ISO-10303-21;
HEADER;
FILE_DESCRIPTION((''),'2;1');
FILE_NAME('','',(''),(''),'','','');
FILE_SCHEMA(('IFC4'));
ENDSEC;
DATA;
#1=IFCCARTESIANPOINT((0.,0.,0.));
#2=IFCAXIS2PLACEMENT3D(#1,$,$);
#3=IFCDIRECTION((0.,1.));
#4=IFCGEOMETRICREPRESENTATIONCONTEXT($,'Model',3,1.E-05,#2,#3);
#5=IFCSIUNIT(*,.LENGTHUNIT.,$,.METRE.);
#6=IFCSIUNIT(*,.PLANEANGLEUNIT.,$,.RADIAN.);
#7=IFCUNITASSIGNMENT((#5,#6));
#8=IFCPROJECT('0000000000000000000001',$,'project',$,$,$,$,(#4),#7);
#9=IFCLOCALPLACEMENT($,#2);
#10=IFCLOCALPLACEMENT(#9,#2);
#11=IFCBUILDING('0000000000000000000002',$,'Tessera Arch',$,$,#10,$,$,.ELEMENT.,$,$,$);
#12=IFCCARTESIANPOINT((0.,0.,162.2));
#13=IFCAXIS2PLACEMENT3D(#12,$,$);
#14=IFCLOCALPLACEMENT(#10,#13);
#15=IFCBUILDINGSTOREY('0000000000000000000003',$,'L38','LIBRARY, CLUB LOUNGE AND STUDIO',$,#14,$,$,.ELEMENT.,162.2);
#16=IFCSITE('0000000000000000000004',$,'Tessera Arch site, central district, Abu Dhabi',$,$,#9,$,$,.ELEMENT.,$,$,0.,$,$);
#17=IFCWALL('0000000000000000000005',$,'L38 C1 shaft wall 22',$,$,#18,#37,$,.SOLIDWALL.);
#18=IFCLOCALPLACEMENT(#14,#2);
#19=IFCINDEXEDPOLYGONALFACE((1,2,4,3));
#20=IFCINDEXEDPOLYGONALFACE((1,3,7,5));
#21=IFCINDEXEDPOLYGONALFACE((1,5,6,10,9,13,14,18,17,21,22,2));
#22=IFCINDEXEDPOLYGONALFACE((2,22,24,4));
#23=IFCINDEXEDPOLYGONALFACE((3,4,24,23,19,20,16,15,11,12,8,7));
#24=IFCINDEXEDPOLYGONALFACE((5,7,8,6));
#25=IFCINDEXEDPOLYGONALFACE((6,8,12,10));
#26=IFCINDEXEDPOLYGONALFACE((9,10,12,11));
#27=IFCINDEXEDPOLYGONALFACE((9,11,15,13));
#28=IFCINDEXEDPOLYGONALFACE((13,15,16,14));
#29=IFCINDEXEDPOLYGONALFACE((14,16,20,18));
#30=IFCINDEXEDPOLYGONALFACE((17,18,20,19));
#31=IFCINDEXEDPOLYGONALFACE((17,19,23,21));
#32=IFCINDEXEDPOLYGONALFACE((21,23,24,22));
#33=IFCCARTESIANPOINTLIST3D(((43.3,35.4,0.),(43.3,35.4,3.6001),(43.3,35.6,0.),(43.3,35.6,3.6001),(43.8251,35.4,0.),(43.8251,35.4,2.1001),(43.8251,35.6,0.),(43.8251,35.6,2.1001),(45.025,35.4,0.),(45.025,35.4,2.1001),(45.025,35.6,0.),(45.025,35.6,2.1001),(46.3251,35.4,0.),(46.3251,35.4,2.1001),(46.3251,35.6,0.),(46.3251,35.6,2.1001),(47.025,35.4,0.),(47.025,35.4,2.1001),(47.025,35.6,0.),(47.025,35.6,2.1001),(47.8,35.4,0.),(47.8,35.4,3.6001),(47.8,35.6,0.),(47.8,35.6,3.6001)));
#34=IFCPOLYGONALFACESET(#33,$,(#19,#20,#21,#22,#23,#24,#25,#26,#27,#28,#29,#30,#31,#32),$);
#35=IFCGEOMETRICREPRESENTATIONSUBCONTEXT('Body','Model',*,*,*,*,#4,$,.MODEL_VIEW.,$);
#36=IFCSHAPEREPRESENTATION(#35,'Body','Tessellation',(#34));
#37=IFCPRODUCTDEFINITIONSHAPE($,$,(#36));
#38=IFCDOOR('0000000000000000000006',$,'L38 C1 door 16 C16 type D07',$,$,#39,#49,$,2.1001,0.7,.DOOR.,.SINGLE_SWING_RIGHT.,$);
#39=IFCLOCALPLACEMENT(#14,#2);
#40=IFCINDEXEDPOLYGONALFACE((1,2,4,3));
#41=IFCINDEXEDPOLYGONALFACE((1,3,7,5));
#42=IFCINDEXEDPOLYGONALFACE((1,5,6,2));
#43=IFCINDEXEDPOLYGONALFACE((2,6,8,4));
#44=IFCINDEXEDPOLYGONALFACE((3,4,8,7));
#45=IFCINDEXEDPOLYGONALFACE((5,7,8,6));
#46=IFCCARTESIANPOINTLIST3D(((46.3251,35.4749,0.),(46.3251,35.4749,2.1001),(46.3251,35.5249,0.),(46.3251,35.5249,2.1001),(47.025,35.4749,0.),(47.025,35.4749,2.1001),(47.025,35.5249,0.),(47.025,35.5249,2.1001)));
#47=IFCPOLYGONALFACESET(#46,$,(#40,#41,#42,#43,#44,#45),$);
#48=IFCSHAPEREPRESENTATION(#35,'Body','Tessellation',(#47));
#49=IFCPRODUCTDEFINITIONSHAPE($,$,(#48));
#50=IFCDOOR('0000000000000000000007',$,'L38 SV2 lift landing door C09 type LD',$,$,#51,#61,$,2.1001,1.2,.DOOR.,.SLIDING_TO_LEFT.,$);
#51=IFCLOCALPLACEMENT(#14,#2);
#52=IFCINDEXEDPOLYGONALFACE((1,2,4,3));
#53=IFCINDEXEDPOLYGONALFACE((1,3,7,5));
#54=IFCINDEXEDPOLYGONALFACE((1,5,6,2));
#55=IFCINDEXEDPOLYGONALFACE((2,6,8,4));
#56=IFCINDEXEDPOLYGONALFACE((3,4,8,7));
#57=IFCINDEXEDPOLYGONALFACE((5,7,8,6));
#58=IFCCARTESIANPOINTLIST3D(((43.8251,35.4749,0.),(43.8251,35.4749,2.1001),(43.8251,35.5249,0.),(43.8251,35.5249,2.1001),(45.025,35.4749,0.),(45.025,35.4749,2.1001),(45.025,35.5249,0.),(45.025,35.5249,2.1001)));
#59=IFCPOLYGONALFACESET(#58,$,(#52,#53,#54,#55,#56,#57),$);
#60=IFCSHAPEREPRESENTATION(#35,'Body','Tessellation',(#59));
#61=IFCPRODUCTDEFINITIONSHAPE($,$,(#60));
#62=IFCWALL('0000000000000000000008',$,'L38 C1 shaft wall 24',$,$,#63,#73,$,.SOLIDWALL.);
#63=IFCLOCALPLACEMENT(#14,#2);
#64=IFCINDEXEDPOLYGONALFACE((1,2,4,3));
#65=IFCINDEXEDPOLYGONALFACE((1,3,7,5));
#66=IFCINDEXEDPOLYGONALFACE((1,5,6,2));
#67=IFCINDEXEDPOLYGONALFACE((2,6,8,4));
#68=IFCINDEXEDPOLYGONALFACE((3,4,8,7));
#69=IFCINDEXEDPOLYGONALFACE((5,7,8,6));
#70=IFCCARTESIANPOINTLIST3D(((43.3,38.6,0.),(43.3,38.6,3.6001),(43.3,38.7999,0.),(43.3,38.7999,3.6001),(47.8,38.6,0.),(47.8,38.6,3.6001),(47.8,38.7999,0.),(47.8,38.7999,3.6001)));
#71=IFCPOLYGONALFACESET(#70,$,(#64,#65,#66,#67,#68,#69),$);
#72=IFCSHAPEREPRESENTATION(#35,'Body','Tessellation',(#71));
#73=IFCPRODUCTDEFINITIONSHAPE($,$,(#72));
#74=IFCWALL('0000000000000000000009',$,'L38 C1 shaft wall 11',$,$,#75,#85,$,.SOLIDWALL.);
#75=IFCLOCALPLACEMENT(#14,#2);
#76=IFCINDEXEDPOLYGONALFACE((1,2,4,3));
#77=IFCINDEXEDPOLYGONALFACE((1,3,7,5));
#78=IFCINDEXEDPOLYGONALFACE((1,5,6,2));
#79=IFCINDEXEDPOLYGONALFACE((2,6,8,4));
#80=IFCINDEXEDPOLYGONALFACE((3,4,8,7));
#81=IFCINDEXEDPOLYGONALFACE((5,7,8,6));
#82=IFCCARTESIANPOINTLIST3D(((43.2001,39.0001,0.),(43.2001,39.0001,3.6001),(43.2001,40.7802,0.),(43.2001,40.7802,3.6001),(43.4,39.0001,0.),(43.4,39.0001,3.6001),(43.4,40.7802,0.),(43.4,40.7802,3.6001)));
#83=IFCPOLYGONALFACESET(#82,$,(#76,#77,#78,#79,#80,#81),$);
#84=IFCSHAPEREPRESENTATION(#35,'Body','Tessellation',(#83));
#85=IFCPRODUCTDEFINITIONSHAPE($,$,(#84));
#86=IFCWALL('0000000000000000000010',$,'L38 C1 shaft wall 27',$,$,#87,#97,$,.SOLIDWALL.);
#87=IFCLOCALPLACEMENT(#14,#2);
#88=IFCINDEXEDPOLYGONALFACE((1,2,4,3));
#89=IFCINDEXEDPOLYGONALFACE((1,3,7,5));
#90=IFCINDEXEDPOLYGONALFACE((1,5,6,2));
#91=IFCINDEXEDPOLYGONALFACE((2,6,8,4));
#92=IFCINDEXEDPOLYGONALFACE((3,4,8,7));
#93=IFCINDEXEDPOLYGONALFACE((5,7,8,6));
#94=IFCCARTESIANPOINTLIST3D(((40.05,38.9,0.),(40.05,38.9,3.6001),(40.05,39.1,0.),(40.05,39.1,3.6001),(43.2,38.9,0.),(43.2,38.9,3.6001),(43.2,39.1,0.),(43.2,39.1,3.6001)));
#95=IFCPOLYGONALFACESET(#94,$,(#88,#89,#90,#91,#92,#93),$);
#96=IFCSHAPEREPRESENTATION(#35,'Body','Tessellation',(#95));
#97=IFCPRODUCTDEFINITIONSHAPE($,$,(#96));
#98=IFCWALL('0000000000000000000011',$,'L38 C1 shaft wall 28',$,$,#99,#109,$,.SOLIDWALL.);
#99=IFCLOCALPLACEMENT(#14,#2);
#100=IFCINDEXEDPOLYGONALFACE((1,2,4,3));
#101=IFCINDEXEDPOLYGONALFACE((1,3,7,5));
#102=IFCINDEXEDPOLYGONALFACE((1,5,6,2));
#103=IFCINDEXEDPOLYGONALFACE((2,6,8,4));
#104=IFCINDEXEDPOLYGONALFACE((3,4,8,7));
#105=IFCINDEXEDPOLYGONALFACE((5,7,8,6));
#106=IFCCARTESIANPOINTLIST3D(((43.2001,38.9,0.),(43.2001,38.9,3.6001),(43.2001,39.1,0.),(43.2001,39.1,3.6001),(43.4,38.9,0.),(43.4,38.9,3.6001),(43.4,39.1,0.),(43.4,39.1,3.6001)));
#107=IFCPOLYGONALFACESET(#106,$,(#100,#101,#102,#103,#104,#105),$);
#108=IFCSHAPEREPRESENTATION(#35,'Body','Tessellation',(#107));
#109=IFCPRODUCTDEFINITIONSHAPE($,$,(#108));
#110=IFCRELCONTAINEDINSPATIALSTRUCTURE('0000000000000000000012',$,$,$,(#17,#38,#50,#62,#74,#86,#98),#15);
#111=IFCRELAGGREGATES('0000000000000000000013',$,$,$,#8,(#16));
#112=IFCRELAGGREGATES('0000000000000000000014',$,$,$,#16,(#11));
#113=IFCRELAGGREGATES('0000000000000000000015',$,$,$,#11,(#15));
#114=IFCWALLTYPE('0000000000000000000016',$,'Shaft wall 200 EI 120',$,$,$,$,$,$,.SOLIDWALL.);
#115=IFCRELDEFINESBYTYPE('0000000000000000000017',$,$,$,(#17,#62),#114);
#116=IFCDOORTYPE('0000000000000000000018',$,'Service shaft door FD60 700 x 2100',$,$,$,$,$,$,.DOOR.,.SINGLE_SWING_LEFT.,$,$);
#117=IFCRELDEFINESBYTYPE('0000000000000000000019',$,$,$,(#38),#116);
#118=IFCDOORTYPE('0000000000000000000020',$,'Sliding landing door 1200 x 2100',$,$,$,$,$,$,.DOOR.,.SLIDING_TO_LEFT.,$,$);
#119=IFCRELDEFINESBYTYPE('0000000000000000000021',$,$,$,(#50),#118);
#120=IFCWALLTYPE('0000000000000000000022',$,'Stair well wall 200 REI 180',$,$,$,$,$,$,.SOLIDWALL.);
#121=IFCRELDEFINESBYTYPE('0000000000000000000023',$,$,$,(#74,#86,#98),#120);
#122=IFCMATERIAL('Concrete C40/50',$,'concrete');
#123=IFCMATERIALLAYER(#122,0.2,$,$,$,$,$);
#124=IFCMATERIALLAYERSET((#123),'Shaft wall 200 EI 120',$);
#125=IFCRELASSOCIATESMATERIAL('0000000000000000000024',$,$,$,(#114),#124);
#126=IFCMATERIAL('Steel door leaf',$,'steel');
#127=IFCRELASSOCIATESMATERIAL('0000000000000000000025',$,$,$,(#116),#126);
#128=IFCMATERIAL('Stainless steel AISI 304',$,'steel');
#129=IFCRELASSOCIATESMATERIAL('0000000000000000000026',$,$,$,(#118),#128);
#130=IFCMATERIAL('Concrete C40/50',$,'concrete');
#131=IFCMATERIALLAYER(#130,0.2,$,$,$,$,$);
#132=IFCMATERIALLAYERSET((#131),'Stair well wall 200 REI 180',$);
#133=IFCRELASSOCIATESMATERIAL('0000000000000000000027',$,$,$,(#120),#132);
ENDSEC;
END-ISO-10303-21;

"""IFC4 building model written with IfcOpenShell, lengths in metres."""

from ifc_helpers import new_model, si_unit, direction, frame, frame_2d, origin, place, context, subcontext, project, spatial, rectangle, extrude, material, layer, layer_set, type_object, element, fill, save


model = new_model("IFC4")

# Units and contexts
model_context = context("Model", 3, precision=1e-05, world=origin(), true_north=direction((0.0, 1.0)))
body_context = subcontext(model_context, "Body", "Model", "MODEL_VIEW")
ifc_project = project(units=[si_unit("LENGTHUNIT", "METRE"), si_unit("PLANEANGLEUNIT", "RADIAN")], contexts=[model_context])

# Site, building, storey
site_placement = place(None, origin())
site = spatial("IfcSite", under=ifc_project, at=site_placement, Name="Tessera Arch site, central district, Abu Dhabi", CompositionType="ELEMENT", RefElevation=0.0)
building_placement = place(site_placement, origin())
building = spatial("IfcBuilding", under=site, at=building_placement, Name="Tessera Arch", CompositionType="ELEMENT")
storey_placement = place(building_placement, frame((0.0, 0.0, 162.2)))
storey = spatial("IfcBuildingStorey", under=building, at=storey_placement, Name="L38", Description="LIBRARY, CLUB LOUNGE AND STUDIO", CompositionType="ELEMENT", Elevation=162.2)

# Shared definitions
ifc_material_1 = material(Name="Concrete C40/50", Category="concrete")
ifc_layer_1 = layer(ifc_material_1, 0.2)
ifc_layer_set_1 = layer_set([ifc_layer_1], Name="Shaft wall 200 EI 120")
wall_type_1 = type_object("IfcWallType", Name="Shaft wall 200 EI 120", PredefinedType="SOLIDWALL", material=ifc_layer_set_1)

# Wall, openings, doors
wall_1_placement = place(storey_placement, frame((43.3, 35.5, 0.0), z_axis=(0.0, 0.0, 1.0), x_axis=(1.0, 0.0, 0.0)))
wall_1 = element("IfcWall", 1, at=wall_1_placement, inside=storey, type_object=wall_type_1, Name="L38 C1 shaft wall 22", PredefinedType="SOLIDWALL", context=body_context, shape_type="SweptSolid", body=[
    extrude(rectangle(XDim=4.5, YDim=0.2, at=frame_2d((2.25, 0.0))), origin(), (0.0, 0.0, 1.0), 3.6001),
])
opening_1_placement = place(wall_1_placement, frame((0.5249, 0.0, 0.0)))
opening_1 = element("IfcOpeningElement", 2, at=opening_1_placement, cuts=wall_1, PredefinedType="OPENING", context=body_context, shape_type="SweptSolid", body=[
    extrude(rectangle(XDim=1.2, YDim=2.1001, at=frame_2d((0.6001, 1.05))), frame((0.0, 0.1099, 0.0), z_axis=(0.0, -1.0, 0.0), x_axis=(1.0, 0.0, 0.0)), (0.0, 0.0, 1.0), 0.22),
])
opening_2_placement = place(wall_1_placement, frame((3.0249, 0.0, 0.0)))
opening_2 = element("IfcOpeningElement", 3, at=opening_2_placement, cuts=wall_1, PredefinedType="OPENING", context=body_context, shape_type="SweptSolid", body=[
    extrude(rectangle(XDim=0.7, YDim=2.1001, at=frame_2d((0.3501, 1.05))), frame((0.0, 0.1099, 0.0), z_axis=(0.0, -1.0, 0.0), x_axis=(1.0, 0.0, 0.0)), (0.0, 0.0, 1.0), 0.22),
])
ifc_material_2 = material(Name="Steel door leaf", Category="steel")
door_type_1 = type_object("IfcDoorType", Name="Service shaft door FD60 700 x 2100", OperationType="SINGLE_SWING_LEFT", PredefinedType="DOOR", material=ifc_material_2)
door_1_placement = place(opening_2_placement, origin())
door_1 = element("IfcDoor", 4, at=door_1_placement, inside=storey, type_object=door_type_1, Name="L38 C1 door 16 C16 type D07", OperationType="SINGLE_SWING_RIGHT", OverallHeight=2.1001, OverallWidth=0.7, PredefinedType="DOOR", context=body_context, shape_type="SweptSolid", body=[
    extrude(rectangle(XDim=0.7, YDim=2.1001, at=frame_2d((0.3501, 1.05))), frame((0.0, 0.0249, 0.0), z_axis=(0.0, -1.0, 0.0), x_axis=(1.0, 0.0, 0.0)), (0.0, 0.0, 1.0), 0.05),
])
fill(opening_2, door_1)
ifc_material_3 = material(Name="Stainless steel AISI 304", Category="steel")
door_type_2 = type_object("IfcDoorType", Name="Sliding landing door 1200 x 2100", OperationType="SLIDING_TO_LEFT", PredefinedType="DOOR", material=ifc_material_3)
door_2_placement = place(opening_1_placement, origin())
door_2 = element("IfcDoor", 5, at=door_2_placement, inside=storey, type_object=door_type_2, Name="L38 SV2 lift landing door C09 type LD", OperationType="SLIDING_TO_LEFT", OverallHeight=2.1001, OverallWidth=1.2, PredefinedType="DOOR", context=body_context, shape_type="SweptSolid", body=[
    extrude(rectangle(XDim=1.2, YDim=2.1001, at=frame_2d((0.6001, 1.05))), frame((0.0, 0.0249, 0.0), z_axis=(0.0, -1.0, 0.0), x_axis=(1.0, 0.0, 0.0)), (0.0, 0.0, 1.0), 0.05),
])
fill(opening_1, door_2)

# Walls
wall_2_placement = place(storey_placement, frame((43.3, 38.7, 0.0), z_axis=(0.0, 0.0, 1.0), x_axis=(1.0, 0.0, 0.0)))
element("IfcWall", 6, at=wall_2_placement, inside=storey, type_object=wall_type_1, Name="L38 C1 shaft wall 24", PredefinedType="SOLIDWALL", context=body_context, shape_type="SweptSolid", body=[
    extrude(rectangle(XDim=4.5, YDim=0.2, at=frame_2d((2.25, 0.0))), origin(), (0.0, 0.0, 1.0), 3.6001),
])
ifc_material_4 = material(Name="Concrete C40/50", Category="concrete")
ifc_layer_2 = layer(ifc_material_4, 0.2)
ifc_layer_set_2 = layer_set([ifc_layer_2], Name="Stair well wall 200 REI 180")
wall_type_2 = type_object("IfcWallType", Name="Stair well wall 200 REI 180", PredefinedType="SOLIDWALL", material=ifc_layer_set_2)
wall_3_placement = place(storey_placement, frame((43.3, 39.0, 0.0), z_axis=(0.0, 0.0, 1.0), x_axis=(0.0, 1.0, 0.0)))
element("IfcWall", 7, at=wall_3_placement, inside=storey, type_object=wall_type_2, Name="L38 C1 shaft wall 11", PredefinedType="SOLIDWALL", context=body_context, shape_type="SweptSolid", body=[
    extrude(rectangle(XDim=1.78, YDim=0.2, at=frame_2d((0.8901, 0.0))), origin(), (0.0, 0.0, 1.0), 3.6001),
])
wall_4_placement = place(storey_placement, frame((40.05, 39.0, 0.0), z_axis=(0.0, 0.0, 1.0), x_axis=(1.0, 0.0, 0.0)))
element("IfcWall", 8, at=wall_4_placement, inside=storey, type_object=wall_type_2, Name="L38 C1 shaft wall 27", PredefinedType="SOLIDWALL", context=body_context, shape_type="SweptSolid", body=[
    extrude(rectangle(XDim=3.1499, YDim=0.2, at=frame_2d((1.575, 0.0))), origin(), (0.0, 0.0, 1.0), 3.6001),
])
wall_5_placement = place(storey_placement, frame((43.2, 39.0, 0.0), z_axis=(0.0, 0.0, 1.0), x_axis=(1.0, 0.0, 0.0)))
element("IfcWall", 9, at=wall_5_placement, inside=storey, type_object=wall_type_2, Name="L38 C1 shaft wall 28", PredefinedType="SOLIDWALL", context=body_context, shape_type="SweptSolid", body=[
    extrude(rectangle(XDim=0.2, YDim=0.2, at=frame_2d((0.1001, 0.0))), origin(), (0.0, 0.0, 1.0), 3.6001),
])

save(model, "model.ifc")
